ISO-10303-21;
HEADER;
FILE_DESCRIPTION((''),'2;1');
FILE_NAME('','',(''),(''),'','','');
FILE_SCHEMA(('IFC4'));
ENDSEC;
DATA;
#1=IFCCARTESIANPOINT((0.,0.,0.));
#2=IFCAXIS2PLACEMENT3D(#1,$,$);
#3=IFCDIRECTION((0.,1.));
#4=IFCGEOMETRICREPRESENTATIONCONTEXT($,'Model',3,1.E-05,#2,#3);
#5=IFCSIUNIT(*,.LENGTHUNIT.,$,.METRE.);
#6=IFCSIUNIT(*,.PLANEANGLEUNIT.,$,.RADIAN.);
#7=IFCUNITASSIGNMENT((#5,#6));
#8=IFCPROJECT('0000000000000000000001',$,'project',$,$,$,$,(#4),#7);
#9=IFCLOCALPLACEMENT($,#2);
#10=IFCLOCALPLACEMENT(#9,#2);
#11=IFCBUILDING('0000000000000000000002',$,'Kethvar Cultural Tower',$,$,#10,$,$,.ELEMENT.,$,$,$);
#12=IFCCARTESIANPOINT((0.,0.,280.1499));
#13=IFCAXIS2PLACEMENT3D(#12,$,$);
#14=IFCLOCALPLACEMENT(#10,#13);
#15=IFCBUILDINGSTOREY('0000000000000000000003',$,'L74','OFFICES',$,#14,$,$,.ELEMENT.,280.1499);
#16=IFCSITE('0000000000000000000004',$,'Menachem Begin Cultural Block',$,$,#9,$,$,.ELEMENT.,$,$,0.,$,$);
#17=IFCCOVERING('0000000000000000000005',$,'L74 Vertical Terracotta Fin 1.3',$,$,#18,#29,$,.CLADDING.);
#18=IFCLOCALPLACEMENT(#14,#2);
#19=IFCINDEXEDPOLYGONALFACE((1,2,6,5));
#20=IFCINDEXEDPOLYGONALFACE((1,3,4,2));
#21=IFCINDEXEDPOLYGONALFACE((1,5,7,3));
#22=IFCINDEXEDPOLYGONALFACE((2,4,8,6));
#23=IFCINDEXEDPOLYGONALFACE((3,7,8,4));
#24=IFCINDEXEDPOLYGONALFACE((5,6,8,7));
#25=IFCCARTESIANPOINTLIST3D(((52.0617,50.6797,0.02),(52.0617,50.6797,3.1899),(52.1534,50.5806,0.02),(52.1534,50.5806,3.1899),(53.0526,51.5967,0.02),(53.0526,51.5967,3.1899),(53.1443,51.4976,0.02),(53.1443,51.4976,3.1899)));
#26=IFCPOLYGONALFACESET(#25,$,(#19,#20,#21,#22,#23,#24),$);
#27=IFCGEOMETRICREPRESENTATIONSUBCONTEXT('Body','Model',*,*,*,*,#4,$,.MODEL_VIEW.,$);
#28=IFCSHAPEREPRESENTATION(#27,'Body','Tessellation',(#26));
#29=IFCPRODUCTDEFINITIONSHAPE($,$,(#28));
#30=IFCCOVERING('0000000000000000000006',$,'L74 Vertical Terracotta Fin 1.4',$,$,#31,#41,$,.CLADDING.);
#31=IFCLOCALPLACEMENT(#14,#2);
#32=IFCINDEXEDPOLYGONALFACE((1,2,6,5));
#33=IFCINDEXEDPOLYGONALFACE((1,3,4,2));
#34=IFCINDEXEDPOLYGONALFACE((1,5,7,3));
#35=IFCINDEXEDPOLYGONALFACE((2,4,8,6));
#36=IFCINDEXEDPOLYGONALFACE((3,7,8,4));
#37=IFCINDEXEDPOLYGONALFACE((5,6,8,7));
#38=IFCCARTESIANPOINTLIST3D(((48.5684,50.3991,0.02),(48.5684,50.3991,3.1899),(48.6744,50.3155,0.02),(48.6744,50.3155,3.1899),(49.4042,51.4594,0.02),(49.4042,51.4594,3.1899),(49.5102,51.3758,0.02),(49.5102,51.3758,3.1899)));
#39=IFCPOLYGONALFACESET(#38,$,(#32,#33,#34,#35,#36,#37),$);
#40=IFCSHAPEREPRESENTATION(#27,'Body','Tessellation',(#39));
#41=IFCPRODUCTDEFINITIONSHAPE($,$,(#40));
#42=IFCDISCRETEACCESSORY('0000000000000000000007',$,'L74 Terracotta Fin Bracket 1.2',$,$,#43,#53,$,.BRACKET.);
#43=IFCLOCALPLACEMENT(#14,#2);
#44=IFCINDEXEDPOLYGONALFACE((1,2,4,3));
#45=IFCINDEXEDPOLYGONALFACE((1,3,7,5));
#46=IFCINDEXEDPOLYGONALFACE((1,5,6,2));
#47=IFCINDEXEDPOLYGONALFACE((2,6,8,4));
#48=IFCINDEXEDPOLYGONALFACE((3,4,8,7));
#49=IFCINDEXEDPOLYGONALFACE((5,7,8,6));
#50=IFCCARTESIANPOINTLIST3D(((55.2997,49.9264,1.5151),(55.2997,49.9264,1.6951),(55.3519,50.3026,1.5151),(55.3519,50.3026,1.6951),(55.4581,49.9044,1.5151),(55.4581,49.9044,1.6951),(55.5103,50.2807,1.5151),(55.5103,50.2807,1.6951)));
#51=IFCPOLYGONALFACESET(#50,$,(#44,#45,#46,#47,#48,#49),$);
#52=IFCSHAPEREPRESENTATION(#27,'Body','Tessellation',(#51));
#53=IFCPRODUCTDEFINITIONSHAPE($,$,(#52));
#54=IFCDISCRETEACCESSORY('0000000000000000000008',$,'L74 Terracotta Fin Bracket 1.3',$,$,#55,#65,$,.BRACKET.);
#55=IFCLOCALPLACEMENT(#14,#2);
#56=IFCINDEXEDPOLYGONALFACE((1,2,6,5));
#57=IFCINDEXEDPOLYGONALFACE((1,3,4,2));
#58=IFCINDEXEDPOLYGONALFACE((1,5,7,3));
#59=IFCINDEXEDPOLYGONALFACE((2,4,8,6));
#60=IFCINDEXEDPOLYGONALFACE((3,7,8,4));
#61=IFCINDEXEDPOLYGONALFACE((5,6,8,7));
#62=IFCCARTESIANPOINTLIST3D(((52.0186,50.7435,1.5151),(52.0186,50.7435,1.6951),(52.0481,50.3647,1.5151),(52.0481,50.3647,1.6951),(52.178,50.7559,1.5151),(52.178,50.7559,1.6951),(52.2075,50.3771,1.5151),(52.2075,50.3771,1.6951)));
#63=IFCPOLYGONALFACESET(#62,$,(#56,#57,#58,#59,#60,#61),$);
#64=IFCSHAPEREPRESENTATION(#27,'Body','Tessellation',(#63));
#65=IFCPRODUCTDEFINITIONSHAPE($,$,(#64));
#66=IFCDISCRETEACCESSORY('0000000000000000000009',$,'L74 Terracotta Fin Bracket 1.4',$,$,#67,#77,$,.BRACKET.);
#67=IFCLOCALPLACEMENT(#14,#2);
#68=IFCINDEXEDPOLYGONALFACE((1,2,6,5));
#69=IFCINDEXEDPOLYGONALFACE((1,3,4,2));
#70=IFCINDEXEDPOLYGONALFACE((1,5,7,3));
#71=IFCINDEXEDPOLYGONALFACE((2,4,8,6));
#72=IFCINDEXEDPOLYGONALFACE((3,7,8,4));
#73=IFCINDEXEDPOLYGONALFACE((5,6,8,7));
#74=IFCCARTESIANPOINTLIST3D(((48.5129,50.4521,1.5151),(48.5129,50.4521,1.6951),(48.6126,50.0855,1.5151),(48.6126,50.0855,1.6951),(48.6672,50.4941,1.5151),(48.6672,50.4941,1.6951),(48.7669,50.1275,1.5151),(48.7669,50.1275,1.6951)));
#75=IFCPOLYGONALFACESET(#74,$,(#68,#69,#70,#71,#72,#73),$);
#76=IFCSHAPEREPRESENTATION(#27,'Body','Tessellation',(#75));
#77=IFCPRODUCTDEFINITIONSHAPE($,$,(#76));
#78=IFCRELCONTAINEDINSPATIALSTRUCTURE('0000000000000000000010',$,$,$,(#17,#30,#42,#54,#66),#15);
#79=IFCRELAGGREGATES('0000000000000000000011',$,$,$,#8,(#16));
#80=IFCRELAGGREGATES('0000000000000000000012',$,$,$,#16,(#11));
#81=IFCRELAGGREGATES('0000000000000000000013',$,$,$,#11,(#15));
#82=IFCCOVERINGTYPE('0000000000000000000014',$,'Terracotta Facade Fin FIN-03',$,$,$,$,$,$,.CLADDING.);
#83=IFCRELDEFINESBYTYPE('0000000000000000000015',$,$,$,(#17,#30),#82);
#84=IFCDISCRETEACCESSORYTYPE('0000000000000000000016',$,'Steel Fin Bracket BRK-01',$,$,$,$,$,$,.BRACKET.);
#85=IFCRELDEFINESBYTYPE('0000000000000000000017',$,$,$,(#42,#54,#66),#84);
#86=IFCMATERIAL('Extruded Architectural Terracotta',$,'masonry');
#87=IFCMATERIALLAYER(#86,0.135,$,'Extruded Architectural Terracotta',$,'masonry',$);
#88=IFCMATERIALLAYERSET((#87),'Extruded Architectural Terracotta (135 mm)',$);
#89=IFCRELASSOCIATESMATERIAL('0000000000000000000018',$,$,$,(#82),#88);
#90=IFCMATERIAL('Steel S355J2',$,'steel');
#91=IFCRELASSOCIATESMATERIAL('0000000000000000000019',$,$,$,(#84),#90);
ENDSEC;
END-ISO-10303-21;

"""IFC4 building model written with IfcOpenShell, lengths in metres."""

from ifc_helpers import new_model, si_unit, direction, frame, origin, origin_2d, place, context, subcontext, project, spatial, rectangle, extrude, source, transform, mapped, material, layer, layer_set, type_object, element, save


model = new_model("IFC4")

# Units and contexts
model_context = context("Model", 3, precision=1e-05, world=origin(), true_north=direction((0.0, 1.0)))
body_context = subcontext(model_context, "Body", "Model", "MODEL_VIEW")
ifc_project = project(units=[si_unit("LENGTHUNIT", "METRE"), si_unit("PLANEANGLEUNIT", "RADIAN")], contexts=[model_context])

# Site, building, storey
site_placement = place(None, origin())
site = spatial("IfcSite", under=ifc_project, at=site_placement, Name="Menachem Begin Cultural Block", CompositionType="ELEMENT", RefElevation=0.0)
building_placement = place(site_placement, origin())
building = spatial("IfcBuilding", under=site, at=building_placement, Name="Kethvar Cultural Tower", CompositionType="ELEMENT")
storey_placement = place(building_placement, frame((0.0, 0.0, 280.1499)))
storey = spatial("IfcBuildingStorey", under=building, at=storey_placement, Name="L74", Description="OFFICES", CompositionType="ELEMENT", Elevation=280.1499)

# Shared definitions
ifc_material_1 = material(Name="Steel S355J2", Category="steel")

# Coverings
ifc_material_2 = material(Name="Extruded Architectural Terracotta", Category="masonry")
ifc_layer_1 = layer(ifc_material_2, 0.135, Name="Extruded Architectural Terracotta", Category="masonry")
ifc_layer_set_1 = layer_set([ifc_layer_1], Name="Extruded Architectural Terracotta (135 mm)")
covering_type = type_object("IfcCoveringType", Name="Terracotta Facade Fin FIN-03", PredefinedType="CLADDING", material=ifc_layer_set_1)
shared_shape_1 = source(origin(), body_context, "Body", "SweptSolid", [
    extrude(rectangle(XDim=1.3501, YDim=0.135, at=origin_2d()), origin(), (0.0, 0.0, 1.0), 3.1699),
])
for number, where, z_axis, x_axis, name in (
    (1, (52.603, 51.0886, 0.02), (0.0, 0.0, 1.0), (0.733967, 0.679185, 0.0), "L74 Vertical Terracotta Fin 1.3"),
    (2, (49.0393, 50.8875, 0.02), (0.0, 0.0, 1.0), (0.619094, 0.785317, 0.0), "L74 Vertical Terracotta Fin 1.4"),
):
    element("IfcCovering", number, at=place(storey_placement, frame(where, z_axis=z_axis, x_axis=x_axis)), inside=storey, type_object=covering_type, Name=name, PredefinedType="CLADDING", context=body_context, shape_type="MappedRepresentation", body=[
        mapped(shared_shape_1, transform((0.0, 0.0, 0.0), scale=1.0)),
    ])

# Discrete accessories
discrete_accessory_type = type_object("IfcDiscreteAccessoryType", Name="Steel Fin Bracket BRK-01", PredefinedType="BRACKET", material=ifc_material_1)
shared_shape_2 = source(origin(), body_context, "Body", "SweptSolid", [
    extrude(rectangle(XDim=0.3799, YDim=0.1599, at=origin_2d()), origin(), (0.0, 0.0, 1.0), 0.1799),
])
for number, where, z_axis, x_axis, name in (
    (3, (55.405, 50.1035, 1.5151), (0.0, 0.0, 1.0), (0.137445, 0.990509, 0.0), "L74 Terracotta Fin Bracket 1.2"),
    (4, (52.113, 50.5603, 1.5151), (0.0, 0.0, 1.0), (-0.077589, 0.996985, 0.0), "L74 Terracotta Fin Bracket 1.3"),
    (5, (48.6399, 50.2898, 1.5151), (0.0, 0.0, 1.0), (-0.262526, 0.964925, 0.0), "L74 Terracotta Fin Bracket 1.4"),
):
    element("IfcDiscreteAccessory", number, at=place(storey_placement, frame(where, z_axis=z_axis, x_axis=x_axis)), inside=storey, type_object=discrete_accessory_type, Name=name, PredefinedType="BRACKET", context=body_context, shape_type="MappedRepresentation", body=[
        mapped(shared_shape_2, transform((0.0, 0.0, 0.0), scale=1.0)),
    ])

save(model, "model.ifc")
